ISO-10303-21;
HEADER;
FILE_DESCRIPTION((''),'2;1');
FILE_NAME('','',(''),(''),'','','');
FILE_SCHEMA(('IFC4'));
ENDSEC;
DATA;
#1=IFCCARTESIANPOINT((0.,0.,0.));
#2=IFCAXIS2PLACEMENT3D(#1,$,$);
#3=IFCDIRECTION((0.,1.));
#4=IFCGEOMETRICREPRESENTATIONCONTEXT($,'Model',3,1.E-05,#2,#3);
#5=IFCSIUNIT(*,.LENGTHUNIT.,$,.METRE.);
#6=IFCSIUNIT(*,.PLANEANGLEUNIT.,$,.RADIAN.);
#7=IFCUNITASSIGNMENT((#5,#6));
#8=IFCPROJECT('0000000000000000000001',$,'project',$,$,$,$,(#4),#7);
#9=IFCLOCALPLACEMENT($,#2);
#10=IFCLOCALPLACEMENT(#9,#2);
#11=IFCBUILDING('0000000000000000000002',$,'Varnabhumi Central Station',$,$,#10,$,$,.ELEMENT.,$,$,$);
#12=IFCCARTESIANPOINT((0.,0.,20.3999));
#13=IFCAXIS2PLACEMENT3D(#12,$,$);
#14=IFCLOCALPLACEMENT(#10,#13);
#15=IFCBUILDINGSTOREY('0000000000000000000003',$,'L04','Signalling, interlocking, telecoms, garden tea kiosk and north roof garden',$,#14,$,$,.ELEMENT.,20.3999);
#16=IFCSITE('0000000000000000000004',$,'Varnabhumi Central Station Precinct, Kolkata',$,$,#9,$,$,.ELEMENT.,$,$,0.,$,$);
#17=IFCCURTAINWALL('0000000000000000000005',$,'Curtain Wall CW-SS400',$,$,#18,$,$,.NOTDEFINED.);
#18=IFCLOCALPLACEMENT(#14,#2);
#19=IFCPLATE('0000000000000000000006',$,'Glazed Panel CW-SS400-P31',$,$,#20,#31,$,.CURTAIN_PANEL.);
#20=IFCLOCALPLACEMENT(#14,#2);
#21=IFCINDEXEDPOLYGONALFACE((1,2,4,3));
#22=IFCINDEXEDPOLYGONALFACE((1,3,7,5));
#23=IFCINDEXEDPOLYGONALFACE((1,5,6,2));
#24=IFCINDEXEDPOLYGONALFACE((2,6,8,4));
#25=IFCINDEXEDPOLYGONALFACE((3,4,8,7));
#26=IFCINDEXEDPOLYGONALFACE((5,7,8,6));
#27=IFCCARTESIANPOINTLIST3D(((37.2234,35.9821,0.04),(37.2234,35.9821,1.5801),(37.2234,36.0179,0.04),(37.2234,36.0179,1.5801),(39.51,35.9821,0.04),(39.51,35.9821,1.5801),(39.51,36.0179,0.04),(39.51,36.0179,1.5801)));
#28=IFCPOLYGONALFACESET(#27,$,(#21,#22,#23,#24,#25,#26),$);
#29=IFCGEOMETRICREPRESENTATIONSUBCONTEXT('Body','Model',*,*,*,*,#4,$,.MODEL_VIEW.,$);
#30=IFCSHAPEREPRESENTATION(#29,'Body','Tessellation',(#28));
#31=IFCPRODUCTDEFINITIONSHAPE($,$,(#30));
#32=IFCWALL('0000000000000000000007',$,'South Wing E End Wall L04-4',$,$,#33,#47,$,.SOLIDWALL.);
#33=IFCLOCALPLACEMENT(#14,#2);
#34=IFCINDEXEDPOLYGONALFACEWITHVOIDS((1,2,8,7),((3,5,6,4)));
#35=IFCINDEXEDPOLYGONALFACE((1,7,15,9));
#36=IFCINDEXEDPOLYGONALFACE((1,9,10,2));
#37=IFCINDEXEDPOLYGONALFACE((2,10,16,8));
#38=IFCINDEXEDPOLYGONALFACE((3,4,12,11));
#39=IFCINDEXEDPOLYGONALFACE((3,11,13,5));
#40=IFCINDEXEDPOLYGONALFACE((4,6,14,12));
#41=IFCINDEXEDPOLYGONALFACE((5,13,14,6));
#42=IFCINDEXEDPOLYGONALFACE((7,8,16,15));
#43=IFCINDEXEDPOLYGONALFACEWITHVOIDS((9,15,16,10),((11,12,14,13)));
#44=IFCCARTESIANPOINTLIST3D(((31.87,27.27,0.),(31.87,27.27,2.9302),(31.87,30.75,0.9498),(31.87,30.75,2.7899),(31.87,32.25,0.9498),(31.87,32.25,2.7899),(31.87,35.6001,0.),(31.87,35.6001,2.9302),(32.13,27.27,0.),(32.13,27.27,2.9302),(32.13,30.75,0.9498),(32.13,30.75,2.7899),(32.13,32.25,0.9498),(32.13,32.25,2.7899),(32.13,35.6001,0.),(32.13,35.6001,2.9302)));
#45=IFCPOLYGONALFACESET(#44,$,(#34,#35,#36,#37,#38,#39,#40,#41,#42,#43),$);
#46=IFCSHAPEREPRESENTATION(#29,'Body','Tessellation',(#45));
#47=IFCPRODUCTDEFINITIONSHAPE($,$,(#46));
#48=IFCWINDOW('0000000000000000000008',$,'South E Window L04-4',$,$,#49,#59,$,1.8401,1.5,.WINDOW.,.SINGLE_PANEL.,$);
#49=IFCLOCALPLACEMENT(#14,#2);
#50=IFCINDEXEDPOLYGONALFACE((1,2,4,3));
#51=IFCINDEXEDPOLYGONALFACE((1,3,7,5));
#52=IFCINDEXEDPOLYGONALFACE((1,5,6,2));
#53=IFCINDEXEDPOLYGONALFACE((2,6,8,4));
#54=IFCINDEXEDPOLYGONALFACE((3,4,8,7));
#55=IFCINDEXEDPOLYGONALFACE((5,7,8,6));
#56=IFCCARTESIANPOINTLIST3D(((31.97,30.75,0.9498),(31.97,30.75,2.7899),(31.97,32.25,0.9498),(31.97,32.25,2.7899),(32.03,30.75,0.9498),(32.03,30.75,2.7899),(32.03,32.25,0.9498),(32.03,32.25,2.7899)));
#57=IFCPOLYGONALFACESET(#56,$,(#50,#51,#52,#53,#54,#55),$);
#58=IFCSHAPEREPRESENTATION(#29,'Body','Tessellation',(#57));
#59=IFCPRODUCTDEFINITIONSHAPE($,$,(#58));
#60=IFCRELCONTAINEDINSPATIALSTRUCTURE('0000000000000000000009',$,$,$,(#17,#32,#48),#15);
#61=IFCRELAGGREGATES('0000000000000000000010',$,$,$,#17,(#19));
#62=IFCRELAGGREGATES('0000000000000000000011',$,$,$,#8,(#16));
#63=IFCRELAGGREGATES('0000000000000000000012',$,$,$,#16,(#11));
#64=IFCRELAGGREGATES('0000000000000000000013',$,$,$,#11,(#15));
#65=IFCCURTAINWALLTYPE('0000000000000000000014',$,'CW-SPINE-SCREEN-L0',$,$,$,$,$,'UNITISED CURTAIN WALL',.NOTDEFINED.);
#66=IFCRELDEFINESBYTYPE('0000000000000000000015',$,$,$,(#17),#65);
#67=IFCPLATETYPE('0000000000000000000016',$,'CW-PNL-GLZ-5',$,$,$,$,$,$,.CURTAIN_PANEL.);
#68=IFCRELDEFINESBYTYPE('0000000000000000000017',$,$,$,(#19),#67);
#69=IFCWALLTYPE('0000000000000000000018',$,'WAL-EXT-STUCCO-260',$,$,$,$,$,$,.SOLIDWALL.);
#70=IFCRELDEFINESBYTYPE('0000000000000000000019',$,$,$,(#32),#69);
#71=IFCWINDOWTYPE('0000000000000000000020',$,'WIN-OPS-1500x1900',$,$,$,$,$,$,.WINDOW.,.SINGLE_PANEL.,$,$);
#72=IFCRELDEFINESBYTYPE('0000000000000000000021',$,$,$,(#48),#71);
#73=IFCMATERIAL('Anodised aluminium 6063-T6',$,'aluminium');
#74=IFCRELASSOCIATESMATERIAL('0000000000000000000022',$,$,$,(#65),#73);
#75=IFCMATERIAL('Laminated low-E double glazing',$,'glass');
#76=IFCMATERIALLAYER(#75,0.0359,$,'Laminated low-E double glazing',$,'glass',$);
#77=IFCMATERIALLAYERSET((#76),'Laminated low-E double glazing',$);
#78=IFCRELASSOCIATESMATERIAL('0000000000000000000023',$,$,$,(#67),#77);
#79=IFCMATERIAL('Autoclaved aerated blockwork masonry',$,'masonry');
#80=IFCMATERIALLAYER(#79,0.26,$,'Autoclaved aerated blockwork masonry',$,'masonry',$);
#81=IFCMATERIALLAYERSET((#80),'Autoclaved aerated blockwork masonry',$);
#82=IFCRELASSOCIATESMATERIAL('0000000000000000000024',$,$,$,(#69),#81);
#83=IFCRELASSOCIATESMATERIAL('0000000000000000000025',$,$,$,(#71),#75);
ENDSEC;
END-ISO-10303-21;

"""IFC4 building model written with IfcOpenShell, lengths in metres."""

from ifc_helpers import new_model, si_unit, direction, frame, frame_2d, origin, origin_2d, place, context, subcontext, project, spatial, rectangle, extrude, material, layer, layer_set, type_object, element, fill, aggregate, save


model = new_model("IFC4")

# Units and contexts
model_context = context("Model", 3, precision=1e-05, world=origin(), true_north=direction((0.0, 1.0)))
body_context = subcontext(model_context, "Body", "Model", "MODEL_VIEW")
ifc_project = project(units=[si_unit("LENGTHUNIT", "METRE"), si_unit("PLANEANGLEUNIT", "RADIAN")], contexts=[model_context])

# Site, building, storey
site_placement = place(None, origin())
site = spatial("IfcSite", under=ifc_project, at=site_placement, Name="Varnabhumi Central Station Precinct, Kolkata", CompositionType="ELEMENT", RefElevation=0.0)
building_placement = place(site_placement, origin())
building = spatial("IfcBuilding", under=site, at=building_placement, Name="Varnabhumi Central Station", CompositionType="ELEMENT")
storey_placement = place(building_placement, frame((0.0, 0.0, 20.3999)))
storey = spatial("IfcBuildingStorey", under=building, at=storey_placement, Name="L04", Description="Signalling, interlocking, telecoms, garden tea kiosk and north roof garden", CompositionType="ELEMENT", Elevation=20.3999)

# Curtain wall, plate
ifc_material_1 = material(Name="Anodised aluminium 6063-T6", Category="aluminium")
curtain_wall_type = type_object("IfcCurtainWallType", Name="CW-SPINE-SCREEN-L0", ElementType="UNITISED CURTAIN WALL", PredefinedType="NOTDEFINED", material=ifc_material_1)
curtain_wall_placement = place(storey_placement, origin())
curtain_wall = element("IfcCurtainWall", 1, at=curtain_wall_placement, inside=storey, type_object=curtain_wall_type, Name="Curtain Wall CW-SS400", PredefinedType="NOTDEFINED")
ifc_material_2 = material(Name="Laminated low-E double glazing", Category="glass")
ifc_layer_1 = layer(ifc_material_2, 0.0359, Name="Laminated low-E double glazing", Category="glass")
ifc_layer_set_1 = layer_set([ifc_layer_1], Name="Laminated low-E double glazing")
plate_type = type_object("IfcPlateType", Name="CW-PNL-GLZ-5", PredefinedType="CURTAIN_PANEL", material=ifc_layer_set_1)
plate_1_placement = place(storey_placement, frame((38.3667, 36.0, 0.04), z_axis=(0.0, 0.0, 1.0), x_axis=(1.0, 0.0, 0.0)))
plate_1 = element("IfcPlate", 2, at=plate_1_placement, type_object=plate_type, Name="Glazed Panel CW-SS400-P31", PredefinedType="CURTAIN_PANEL", context=body_context, shape_type="SweptSolid", body=[
    extrude(rectangle(XDim=2.2866, YDim=0.0359, at=origin_2d()), origin(), (0.0, 0.0, 1.0), 1.54),
])
aggregate(curtain_wall, [plate_1])

# Wall, opening, window
ifc_material_3 = material(Name="Autoclaved aerated blockwork masonry", Category="masonry")
ifc_layer_2 = layer(ifc_material_3, 0.26, Name="Autoclaved aerated blockwork masonry", Category="masonry")
ifc_layer_set_2 = layer_set([ifc_layer_2], Name="Autoclaved aerated blockwork masonry")
wall_type = type_object("IfcWallType", Name="WAL-EXT-STUCCO-260", PredefinedType="SOLIDWALL", material=ifc_layer_set_2)
wall_placement = place(storey_placement, frame((32.0, 27.27, 0.0), z_axis=(0.0, 0.0, 1.0), x_axis=(0.0, 1.0, 0.0)))
wall = element("IfcWall", 3, at=wall_placement, inside=storey, type_object=wall_type, Name="South Wing E End Wall L04-4", PredefinedType="SOLIDWALL", context=body_context, shape_type="SweptSolid", body=[
    extrude(rectangle(XDim=8.3301, YDim=0.26, at=frame_2d((4.165, 0.0))), origin(), (0.0, 0.0, 1.0), 2.9302),
])
opening_placement = place(wall_placement, frame((3.48, 0.0, 0.95)))
opening = element("IfcOpeningElement", 4, at=opening_placement, cuts=wall, PredefinedType="OPENING", context=body_context, shape_type="SweptSolid", body=[
    extrude(rectangle(XDim=1.5, YDim=1.8401, at=frame_2d((0.75, 0.9199))), frame((0.0, 0.1399, 0.0), z_axis=(0.0, -1.0, 0.0), x_axis=(1.0, 0.0, 0.0)), (0.0, 0.0, 1.0), 0.28),
])
window_type = type_object("IfcWindowType", Name="WIN-OPS-1500x1900", PartitioningType="SINGLE_PANEL", PredefinedType="WINDOW", material=ifc_material_2)
window_placement = place(opening_placement, origin())
window = element("IfcWindow", 5, at=window_placement, inside=storey, type_object=window_type, Name="South E Window L04-4", OverallHeight=1.8401, OverallWidth=1.5, PartitioningType="SINGLE_PANEL", PredefinedType="WINDOW", context=body_context, shape_type="SweptSolid", body=[
    extrude(rectangle(XDim=1.5, YDim=1.8401, at=frame_2d((0.75, 0.9199))), frame((0.0, 0.03, 0.0), z_axis=(0.0, -1.0, 0.0), x_axis=(1.0, 0.0, 0.0)), (0.0, 0.0, 1.0), 0.0601),
])
fill(opening, window)

save(model, "model.ifc")
